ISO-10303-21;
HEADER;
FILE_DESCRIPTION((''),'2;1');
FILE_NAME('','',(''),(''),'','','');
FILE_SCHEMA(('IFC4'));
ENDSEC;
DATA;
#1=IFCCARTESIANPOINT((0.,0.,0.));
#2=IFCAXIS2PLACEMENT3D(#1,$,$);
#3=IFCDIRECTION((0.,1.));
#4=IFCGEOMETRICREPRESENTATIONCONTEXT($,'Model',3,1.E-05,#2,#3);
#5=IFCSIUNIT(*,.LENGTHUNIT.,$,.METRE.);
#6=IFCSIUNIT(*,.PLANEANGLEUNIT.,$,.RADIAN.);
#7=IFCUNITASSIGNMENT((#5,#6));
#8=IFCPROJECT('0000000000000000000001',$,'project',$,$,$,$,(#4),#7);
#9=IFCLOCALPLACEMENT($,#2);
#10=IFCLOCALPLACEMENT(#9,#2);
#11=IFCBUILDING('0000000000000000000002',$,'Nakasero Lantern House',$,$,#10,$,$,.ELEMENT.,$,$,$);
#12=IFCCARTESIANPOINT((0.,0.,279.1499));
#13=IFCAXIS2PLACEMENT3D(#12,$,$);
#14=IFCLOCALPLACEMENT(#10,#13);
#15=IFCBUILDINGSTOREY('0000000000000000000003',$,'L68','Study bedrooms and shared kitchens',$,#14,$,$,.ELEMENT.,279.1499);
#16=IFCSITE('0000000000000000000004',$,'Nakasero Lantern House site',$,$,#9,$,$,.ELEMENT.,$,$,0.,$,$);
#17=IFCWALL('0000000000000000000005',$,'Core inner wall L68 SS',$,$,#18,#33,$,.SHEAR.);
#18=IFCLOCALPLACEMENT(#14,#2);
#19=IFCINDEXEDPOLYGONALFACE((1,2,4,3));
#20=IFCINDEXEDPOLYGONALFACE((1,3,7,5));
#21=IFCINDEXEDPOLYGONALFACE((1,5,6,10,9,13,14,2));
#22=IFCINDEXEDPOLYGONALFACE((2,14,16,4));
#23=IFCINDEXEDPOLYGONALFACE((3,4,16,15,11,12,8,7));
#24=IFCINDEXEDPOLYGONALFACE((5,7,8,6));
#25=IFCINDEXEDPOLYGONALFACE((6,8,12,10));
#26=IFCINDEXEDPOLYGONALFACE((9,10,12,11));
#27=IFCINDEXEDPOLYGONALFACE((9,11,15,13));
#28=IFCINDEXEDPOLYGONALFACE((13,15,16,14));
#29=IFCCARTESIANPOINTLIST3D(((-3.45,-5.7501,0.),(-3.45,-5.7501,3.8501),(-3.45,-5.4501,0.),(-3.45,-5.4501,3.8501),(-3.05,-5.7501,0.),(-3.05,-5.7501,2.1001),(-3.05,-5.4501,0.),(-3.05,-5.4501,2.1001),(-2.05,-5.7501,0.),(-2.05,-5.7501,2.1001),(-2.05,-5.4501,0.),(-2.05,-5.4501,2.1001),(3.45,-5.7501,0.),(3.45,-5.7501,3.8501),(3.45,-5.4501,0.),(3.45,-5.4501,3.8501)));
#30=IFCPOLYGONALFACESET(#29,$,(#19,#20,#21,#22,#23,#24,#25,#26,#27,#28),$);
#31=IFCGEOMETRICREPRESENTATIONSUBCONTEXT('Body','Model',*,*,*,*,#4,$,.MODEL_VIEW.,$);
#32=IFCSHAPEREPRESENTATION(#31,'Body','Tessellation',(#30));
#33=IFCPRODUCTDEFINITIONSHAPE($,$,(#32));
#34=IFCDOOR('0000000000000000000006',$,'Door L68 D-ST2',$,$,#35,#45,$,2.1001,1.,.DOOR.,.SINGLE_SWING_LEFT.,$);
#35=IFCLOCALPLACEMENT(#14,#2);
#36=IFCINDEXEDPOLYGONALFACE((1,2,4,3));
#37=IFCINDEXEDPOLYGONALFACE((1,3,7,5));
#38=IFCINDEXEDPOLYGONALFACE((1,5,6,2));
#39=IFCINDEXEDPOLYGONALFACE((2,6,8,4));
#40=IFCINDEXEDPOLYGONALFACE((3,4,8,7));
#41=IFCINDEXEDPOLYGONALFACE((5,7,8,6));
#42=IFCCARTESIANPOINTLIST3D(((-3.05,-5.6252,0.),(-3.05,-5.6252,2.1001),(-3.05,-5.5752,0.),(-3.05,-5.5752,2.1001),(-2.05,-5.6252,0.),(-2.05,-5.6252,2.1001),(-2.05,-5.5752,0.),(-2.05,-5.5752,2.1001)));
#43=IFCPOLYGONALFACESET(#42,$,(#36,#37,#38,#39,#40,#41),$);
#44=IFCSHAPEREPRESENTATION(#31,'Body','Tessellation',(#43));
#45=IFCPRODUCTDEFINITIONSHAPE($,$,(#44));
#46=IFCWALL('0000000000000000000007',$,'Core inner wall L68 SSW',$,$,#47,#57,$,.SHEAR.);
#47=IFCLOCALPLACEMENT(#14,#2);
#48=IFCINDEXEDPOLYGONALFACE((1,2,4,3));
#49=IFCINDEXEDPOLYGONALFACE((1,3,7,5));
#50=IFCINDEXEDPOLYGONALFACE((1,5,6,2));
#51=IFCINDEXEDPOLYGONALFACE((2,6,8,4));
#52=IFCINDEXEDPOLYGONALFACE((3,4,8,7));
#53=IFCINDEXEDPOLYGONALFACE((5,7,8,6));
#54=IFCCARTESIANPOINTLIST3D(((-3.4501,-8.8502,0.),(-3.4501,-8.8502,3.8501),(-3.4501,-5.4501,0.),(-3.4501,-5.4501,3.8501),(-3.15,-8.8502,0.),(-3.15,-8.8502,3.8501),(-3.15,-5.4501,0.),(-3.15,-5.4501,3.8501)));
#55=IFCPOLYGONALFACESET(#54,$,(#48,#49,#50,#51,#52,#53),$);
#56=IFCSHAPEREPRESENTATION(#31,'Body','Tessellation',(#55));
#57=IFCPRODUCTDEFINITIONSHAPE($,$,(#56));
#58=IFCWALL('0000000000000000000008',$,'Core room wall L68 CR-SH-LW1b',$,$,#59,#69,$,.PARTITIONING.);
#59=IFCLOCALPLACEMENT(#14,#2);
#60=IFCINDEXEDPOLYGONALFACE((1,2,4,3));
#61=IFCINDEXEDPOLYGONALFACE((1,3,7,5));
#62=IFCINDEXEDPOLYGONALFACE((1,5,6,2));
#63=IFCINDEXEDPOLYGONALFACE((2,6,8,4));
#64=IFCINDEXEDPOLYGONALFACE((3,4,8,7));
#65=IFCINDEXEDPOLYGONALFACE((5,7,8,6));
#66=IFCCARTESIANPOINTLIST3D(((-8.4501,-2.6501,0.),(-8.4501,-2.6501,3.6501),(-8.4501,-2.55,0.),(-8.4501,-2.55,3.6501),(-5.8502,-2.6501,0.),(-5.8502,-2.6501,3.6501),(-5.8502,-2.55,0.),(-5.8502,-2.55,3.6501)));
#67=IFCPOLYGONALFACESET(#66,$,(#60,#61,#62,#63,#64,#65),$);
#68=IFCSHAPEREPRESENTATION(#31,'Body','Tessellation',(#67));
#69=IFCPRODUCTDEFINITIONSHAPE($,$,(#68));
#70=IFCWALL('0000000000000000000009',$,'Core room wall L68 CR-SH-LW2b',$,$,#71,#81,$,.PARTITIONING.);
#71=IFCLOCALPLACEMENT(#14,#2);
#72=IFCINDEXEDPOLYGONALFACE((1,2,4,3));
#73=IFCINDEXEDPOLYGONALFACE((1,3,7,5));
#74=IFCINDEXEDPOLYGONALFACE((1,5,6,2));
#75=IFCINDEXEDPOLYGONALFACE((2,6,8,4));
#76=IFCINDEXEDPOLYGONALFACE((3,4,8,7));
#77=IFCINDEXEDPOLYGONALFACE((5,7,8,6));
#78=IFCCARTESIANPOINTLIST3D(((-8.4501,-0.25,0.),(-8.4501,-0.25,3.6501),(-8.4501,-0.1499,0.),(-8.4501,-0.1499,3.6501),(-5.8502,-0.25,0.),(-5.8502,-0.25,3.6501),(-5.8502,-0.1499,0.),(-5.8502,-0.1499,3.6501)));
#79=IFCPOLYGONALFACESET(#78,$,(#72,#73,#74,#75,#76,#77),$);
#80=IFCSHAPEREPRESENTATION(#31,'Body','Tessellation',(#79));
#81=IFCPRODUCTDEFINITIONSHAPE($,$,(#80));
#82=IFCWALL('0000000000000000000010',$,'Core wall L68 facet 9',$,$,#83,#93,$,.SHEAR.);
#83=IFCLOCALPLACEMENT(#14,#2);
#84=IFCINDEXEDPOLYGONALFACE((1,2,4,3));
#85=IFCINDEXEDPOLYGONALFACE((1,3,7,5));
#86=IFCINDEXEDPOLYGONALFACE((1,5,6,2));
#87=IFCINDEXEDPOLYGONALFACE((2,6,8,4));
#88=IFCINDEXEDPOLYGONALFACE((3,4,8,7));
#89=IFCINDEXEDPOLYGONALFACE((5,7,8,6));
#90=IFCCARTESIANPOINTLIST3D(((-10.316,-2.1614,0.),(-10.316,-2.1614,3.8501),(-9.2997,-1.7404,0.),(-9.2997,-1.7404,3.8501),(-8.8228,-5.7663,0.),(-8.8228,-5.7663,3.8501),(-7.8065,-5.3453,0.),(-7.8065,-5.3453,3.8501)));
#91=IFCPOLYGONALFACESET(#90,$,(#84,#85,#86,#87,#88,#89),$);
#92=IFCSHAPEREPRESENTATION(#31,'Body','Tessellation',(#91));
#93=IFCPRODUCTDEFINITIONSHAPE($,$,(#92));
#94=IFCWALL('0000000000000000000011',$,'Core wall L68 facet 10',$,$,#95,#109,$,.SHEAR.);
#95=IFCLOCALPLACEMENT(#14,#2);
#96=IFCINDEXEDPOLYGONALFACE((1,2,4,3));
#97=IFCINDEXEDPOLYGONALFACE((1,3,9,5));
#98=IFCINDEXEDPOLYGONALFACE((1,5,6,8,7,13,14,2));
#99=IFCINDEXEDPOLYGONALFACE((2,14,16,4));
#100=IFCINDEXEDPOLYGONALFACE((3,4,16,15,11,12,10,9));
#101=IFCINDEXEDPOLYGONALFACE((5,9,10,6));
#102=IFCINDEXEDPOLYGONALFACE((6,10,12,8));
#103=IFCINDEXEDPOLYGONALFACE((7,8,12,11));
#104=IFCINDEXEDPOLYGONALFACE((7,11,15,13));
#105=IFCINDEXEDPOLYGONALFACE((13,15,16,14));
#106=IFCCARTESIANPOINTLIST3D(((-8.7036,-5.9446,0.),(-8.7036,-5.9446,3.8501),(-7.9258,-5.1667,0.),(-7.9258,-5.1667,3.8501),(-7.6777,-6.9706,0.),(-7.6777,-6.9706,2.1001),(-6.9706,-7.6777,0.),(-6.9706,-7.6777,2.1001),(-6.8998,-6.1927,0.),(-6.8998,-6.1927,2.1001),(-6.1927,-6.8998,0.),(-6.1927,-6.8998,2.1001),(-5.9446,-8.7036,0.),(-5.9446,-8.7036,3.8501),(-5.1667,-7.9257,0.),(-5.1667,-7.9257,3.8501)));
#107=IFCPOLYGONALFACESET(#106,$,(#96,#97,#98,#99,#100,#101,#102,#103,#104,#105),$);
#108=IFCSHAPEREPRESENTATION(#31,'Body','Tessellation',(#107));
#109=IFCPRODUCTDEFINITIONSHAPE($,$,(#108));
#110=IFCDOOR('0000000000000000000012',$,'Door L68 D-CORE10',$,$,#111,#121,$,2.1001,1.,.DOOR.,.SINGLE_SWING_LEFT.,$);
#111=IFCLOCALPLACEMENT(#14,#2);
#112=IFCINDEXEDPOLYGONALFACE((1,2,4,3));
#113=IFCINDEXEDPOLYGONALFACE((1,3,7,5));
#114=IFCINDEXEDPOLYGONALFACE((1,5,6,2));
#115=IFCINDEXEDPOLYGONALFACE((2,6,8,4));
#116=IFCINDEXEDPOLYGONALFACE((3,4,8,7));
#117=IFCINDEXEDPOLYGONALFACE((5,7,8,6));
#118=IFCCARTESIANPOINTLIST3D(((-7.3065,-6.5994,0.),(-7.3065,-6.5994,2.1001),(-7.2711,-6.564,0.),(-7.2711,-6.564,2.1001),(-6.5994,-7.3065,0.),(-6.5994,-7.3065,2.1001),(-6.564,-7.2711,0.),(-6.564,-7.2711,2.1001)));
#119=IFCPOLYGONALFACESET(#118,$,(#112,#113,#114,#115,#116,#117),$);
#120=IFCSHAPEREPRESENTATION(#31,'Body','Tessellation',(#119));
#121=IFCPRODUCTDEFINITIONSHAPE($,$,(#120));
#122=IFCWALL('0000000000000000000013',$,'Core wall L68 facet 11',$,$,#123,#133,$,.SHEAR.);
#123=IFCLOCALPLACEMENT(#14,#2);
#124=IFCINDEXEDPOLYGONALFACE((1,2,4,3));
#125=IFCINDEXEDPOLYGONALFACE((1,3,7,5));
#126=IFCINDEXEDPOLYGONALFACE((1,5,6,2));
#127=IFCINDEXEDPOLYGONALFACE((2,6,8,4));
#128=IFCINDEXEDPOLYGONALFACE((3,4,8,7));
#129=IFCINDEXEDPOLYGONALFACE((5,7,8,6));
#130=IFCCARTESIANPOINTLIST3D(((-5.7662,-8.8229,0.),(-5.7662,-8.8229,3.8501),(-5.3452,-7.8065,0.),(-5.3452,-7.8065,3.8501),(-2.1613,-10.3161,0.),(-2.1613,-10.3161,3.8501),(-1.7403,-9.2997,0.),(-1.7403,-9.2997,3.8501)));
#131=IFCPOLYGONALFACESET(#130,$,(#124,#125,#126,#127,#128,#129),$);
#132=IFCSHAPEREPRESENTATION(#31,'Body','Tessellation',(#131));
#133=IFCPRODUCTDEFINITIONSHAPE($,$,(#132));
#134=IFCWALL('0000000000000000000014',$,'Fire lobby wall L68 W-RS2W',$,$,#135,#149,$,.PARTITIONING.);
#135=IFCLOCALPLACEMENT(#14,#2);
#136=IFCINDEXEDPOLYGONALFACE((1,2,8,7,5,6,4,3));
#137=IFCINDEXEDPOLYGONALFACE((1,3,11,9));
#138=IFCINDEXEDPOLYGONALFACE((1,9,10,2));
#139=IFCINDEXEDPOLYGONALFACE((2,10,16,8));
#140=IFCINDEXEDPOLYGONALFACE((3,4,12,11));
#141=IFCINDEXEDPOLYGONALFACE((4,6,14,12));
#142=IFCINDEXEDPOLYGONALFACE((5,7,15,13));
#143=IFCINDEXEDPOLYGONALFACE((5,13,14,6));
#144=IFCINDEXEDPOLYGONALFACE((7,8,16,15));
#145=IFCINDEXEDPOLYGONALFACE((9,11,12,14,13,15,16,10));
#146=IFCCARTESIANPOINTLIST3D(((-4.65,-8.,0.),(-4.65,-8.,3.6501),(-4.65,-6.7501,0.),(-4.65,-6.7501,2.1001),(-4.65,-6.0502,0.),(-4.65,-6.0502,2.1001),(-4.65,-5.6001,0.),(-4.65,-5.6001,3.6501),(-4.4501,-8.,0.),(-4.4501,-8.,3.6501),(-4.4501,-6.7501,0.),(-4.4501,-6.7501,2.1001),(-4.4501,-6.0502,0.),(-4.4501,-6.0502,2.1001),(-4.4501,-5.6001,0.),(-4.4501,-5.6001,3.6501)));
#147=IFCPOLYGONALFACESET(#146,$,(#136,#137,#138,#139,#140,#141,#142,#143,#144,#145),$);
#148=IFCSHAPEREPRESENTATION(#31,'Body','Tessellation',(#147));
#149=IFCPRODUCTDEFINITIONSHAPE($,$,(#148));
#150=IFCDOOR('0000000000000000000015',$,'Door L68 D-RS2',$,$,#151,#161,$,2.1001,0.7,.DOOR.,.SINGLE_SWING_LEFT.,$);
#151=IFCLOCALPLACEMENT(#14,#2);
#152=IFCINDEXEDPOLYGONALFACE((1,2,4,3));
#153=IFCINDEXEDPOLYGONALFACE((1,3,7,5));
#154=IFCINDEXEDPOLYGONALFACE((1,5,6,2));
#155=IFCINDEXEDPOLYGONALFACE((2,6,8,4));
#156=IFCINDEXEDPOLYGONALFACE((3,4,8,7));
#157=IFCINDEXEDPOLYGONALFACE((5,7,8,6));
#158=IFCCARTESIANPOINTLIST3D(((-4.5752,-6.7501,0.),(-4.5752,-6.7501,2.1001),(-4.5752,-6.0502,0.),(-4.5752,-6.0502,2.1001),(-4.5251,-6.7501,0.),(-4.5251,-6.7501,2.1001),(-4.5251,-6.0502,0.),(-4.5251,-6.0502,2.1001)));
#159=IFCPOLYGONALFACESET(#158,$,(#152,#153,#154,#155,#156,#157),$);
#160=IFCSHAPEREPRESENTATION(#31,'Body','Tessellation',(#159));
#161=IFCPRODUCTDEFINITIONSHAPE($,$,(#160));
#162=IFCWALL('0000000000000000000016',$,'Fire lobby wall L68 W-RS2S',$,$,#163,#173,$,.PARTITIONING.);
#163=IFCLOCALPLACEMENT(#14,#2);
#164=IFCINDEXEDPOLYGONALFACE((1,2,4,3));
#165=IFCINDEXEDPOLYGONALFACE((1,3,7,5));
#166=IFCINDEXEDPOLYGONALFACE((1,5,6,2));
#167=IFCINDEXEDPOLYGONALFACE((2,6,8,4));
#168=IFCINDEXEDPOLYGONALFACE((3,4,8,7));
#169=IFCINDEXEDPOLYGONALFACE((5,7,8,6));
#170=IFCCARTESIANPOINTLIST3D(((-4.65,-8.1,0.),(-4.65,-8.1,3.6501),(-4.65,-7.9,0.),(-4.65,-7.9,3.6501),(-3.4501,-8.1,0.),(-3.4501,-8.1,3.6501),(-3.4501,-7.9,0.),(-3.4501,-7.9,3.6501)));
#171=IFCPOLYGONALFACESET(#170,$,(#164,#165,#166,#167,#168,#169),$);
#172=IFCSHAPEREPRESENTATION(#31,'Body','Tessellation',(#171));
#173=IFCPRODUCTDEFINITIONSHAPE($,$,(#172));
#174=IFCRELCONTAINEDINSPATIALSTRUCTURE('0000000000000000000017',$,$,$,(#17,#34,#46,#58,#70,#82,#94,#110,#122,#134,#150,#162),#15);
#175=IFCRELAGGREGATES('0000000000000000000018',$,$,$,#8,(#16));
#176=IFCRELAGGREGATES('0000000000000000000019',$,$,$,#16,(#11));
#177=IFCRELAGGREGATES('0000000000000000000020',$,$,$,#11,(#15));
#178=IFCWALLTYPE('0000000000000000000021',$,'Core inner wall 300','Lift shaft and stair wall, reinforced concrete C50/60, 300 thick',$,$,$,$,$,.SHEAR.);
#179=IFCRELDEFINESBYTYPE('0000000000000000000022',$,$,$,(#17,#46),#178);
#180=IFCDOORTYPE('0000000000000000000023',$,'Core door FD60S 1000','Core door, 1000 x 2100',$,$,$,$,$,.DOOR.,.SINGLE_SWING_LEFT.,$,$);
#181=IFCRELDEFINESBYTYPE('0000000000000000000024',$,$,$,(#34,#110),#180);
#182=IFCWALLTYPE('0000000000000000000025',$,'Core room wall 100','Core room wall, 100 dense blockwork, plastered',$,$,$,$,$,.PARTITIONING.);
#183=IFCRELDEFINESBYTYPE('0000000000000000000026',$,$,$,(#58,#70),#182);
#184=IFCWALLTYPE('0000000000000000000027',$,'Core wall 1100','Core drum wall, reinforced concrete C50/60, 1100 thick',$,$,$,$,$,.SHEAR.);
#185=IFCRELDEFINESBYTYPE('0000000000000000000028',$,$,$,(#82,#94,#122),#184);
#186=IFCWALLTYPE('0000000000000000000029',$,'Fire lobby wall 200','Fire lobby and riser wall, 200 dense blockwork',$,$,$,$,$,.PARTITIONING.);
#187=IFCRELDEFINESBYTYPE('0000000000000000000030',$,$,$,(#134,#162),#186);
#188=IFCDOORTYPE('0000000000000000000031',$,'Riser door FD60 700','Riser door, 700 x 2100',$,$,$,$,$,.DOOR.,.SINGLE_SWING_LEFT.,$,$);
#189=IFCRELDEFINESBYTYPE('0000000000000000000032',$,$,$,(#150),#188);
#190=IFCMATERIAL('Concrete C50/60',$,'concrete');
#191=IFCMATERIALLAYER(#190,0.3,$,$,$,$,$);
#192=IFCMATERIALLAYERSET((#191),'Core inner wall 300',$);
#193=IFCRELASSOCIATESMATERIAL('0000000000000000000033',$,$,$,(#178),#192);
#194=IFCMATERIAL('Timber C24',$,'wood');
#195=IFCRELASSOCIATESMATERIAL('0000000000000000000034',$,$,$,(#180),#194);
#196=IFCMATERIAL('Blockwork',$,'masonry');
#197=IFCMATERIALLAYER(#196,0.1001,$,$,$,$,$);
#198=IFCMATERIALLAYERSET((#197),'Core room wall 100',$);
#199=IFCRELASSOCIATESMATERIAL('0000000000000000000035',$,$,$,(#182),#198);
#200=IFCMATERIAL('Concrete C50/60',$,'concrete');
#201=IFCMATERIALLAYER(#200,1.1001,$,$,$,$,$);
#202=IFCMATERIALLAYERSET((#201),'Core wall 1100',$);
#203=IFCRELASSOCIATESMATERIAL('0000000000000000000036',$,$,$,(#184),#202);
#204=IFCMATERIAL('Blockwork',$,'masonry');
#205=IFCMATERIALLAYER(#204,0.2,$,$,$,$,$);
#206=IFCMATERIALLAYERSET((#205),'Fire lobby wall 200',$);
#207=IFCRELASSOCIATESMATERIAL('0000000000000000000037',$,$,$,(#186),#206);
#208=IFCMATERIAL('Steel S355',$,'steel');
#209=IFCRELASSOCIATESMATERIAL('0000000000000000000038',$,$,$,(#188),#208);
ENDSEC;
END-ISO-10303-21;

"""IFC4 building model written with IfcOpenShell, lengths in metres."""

from ifc_helpers import new_model, si_unit, direction, frame, frame_2d, origin, place, context, subcontext, project, spatial, rectangle, extrude, material, layer, layer_set, type_object, element, fill, save


model = new_model("IFC4")

# Units and contexts
model_context = context("Model", 3, precision=1e-05, world=origin(), true_north=direction((0.0, 1.0)))
body_context = subcontext(model_context, "Body", "Model", "MODEL_VIEW")
ifc_project = project(units=[si_unit("LENGTHUNIT", "METRE"), si_unit("PLANEANGLEUNIT", "RADIAN")], contexts=[model_context])

# Site, building, storey
site_placement = place(None, origin())
site = spatial("IfcSite", under=ifc_project, at=site_placement, Name="Nakasero Lantern House site", CompositionType="ELEMENT", RefElevation=0.0)
building_placement = place(site_placement, origin())
building = spatial("IfcBuilding", under=site, at=building_placement, Name="Nakasero Lantern House", CompositionType="ELEMENT")
storey_placement = place(building_placement, frame((0.0, 0.0, 279.1499)))
storey = spatial("IfcBuildingStorey", under=building, at=storey_placement, Name="L68", Description="Study bedrooms and shared kitchens", CompositionType="ELEMENT", Elevation=279.1499)

# Shared definitions
ifc_material_1 = material(Name="Concrete C50/60", Category="concrete")
ifc_layer_1 = layer(ifc_material_1, 0.3)
ifc_layer_set_1 = layer_set([ifc_layer_1], Name="Core inner wall 300")
wall_type_1 = type_object("IfcWallType", Name="Core inner wall 300", Description="Lift shaft and stair wall, reinforced concrete C50/60, 300 thick", PredefinedType="SHEAR", material=ifc_layer_set_1)

# Wall, opening, door
wall_1_placement = place(storey_placement, frame((-3.45, -5.6001, 0.0), z_axis=(0.0, 0.0, 1.0), x_axis=(1.0, 0.0, 0.0)))
wall_1 = element("IfcWall", 1, at=wall_1_placement, inside=storey, type_object=wall_type_1, Name="Core inner wall L68 SS", PredefinedType="SHEAR", context=body_context, shape_type="SweptSolid", body=[
    extrude(rectangle(XDim=6.8999, YDim=0.3, at=frame_2d((3.45, 0.0))), origin(), (0.0, 0.0, 1.0), 3.8501),
])
opening_1_placement = place(wall_1_placement, frame((0.3999, 0.0, 0.0)))
opening_1 = element("IfcOpeningElement", 2, at=opening_1_placement, cuts=wall_1, PredefinedType="OPENING", context=body_context, shape_type="SweptSolid", body=[
    extrude(rectangle(XDim=1.0, YDim=2.1001, at=frame_2d((0.5, 1.05))), frame((0.0, 0.1699, 0.0), z_axis=(0.0, -1.0, 0.0), x_axis=(1.0, 0.0, 0.0)), (0.0, 0.0, 1.0), 0.3401),
])
ifc_material_2 = material(Name="Timber C24", Category="wood")
door_type_1 = type_object("IfcDoorType", Name="Core door FD60S 1000", Description="Core door, 1000 x 2100", OperationType="SINGLE_SWING_LEFT", PredefinedType="DOOR", material=ifc_material_2)
door_1_placement = place(opening_1_placement, origin())
door_1 = element("IfcDoor", 3, at=door_1_placement, inside=storey, type_object=door_type_1, Name="Door L68 D-ST2", OperationType="SINGLE_SWING_LEFT", OverallHeight=2.1001, OverallWidth=1.0, PredefinedType="DOOR", context=body_context, shape_type="SweptSolid", body=[
    extrude(rectangle(XDim=1.0, YDim=2.1001, at=frame_2d((0.5, 1.05))), frame((0.0, 0.0249, 0.0), z_axis=(0.0, -1.0, 0.0), x_axis=(1.0, 0.0, 0.0)), (0.0, 0.0, 1.0), 0.05),
])
fill(opening_1, door_1)

# Walls
wall_2_placement = place(storey_placement, frame((-3.3, -5.45, 0.0), z_axis=(0.0, 0.0, 1.0), x_axis=(0.0, -1.0, 0.0)))
element("IfcWall", 4, at=wall_2_placement, inside=storey, type_object=wall_type_1, Name="Core inner wall L68 SSW", PredefinedType="SHEAR", context=body_context, shape_type="SweptSolid", body=[
    extrude(rectangle(XDim=3.4001, YDim=0.3, at=frame_2d((1.7002, 0.0))), origin(), (0.0, 0.0, 1.0), 3.8501),
])
ifc_material_3 = material(Name="Blockwork", Category="masonry")
ifc_layer_2 = layer(ifc_material_3, 0.1001)
ifc_layer_set_2 = layer_set([ifc_layer_2], Name="Core room wall 100")
wall_type_2 = type_object("IfcWallType", Name="Core room wall 100", Description="Core room wall, 100 dense blockwork, plastered", PredefinedType="PARTITIONING", material=ifc_layer_set_2)
for number, where, z_axis, x_axis, name in (
    (5, (-8.45, -2.6001, 0.0), (0.0, 0.0, 1.0), (1.0, 0.0, 0.0), "Core room wall L68 CR-SH-LW1b"),
    (6, (-8.45, -0.2, 0.0), (0.0, 0.0, 1.0), (1.0, 0.0, 0.0), "Core room wall L68 CR-SH-LW2b"),
):
    element("IfcWall", number, at=place(storey_placement, frame(where, z_axis=z_axis, x_axis=x_axis)), inside=storey, type_object=wall_type_2, Name=name, PredefinedType="PARTITIONING", context=body_context, shape_type="SweptSolid", body=[
        extrude(rectangle(XDim=2.5999, YDim=0.1001, at=frame_2d((1.2998, 0.0))), origin(), (0.0, 0.0, 1.0), 3.6501),
    ])
ifc_material_4 = material(Name="Concrete C50/60", Category="concrete")
ifc_layer_3 = layer(ifc_material_4, 1.1001)
ifc_layer_set_3 = layer_set([ifc_layer_3], Name="Core wall 1100")
wall_type_3 = type_object("IfcWallType", Name="Core wall 1100", Description="Core drum wall, reinforced concrete C50/60, 1100 thick", PredefinedType="SHEAR", material=ifc_layer_set_3)
wall_3_placement = place(storey_placement, frame((-9.8079, -1.9509, 0.0), z_axis=(0.0, 0.0, 1.0), x_axis=(0.382691, -0.923877, 0.0)))
element("IfcWall", 7, at=wall_3_placement, inside=storey, type_object=wall_type_3, Name="Core wall L68 facet 9", PredefinedType="SHEAR", context=body_context, shape_type="SweptSolid", body=[
    extrude(rectangle(XDim=3.9019, YDim=1.1001, at=frame_2d((1.9509, 0.0))), origin(), (0.0, 0.0, 1.0), 3.8501),
])

# Wall, opening, door
wall_4_placement = place(storey_placement, frame((-8.3147, -5.5557, 0.0), z_axis=(0.0, 0.0, 1.0), x_axis=(0.707107, -0.707107, 0.0)))
wall_4 = element("IfcWall", 8, at=wall_4_placement, inside=storey, type_object=wall_type_3, Name="Core wall L68 facet 10", PredefinedType="SHEAR", context=body_context, shape_type="SweptSolid", body=[
    extrude(rectangle(XDim=3.9019, YDim=1.1001, at=frame_2d((1.9509, 0.0))), origin(), (0.0, 0.0, 1.0), 3.8501),
])
opening_2_placement = place(wall_4_placement, frame((1.4509, 0.0, 0.0)))
opening_2 = element("IfcOpeningElement", 9, at=opening_2_placement, cuts=wall_4, PredefinedType="OPENING", context=body_context, shape_type="SweptSolid", body=[
    extrude(rectangle(XDim=1.0, YDim=2.1001, at=frame_2d((0.5, 1.05))), frame((0.0, 0.5701, 0.0), z_axis=(0.0, -1.0, 0.0), x_axis=(1.0, 0.0, 0.0)), (0.0, 0.0, 1.0), 1.1401),
])
door_2_placement = place(opening_2_placement, origin())
door_2 = element("IfcDoor", 10, at=door_2_placement, inside=storey, type_object=door_type_1, Name="Door L68 D-CORE10", OperationType="SINGLE_SWING_LEFT", OverallHeight=2.1001, OverallWidth=1.0, PredefinedType="DOOR", context=body_context, shape_type="SweptSolid", body=[
    extrude(rectangle(XDim=1.0, YDim=2.1001, at=frame_2d((0.5, 1.05))), frame((0.0, 0.0249, 0.0), z_axis=(0.0, -1.0, 0.0), x_axis=(1.0, 0.0, 0.0)), (0.0, 0.0, 1.0), 0.05),
])
fill(opening_2, door_2)

# Wall
wall_5_placement = place(storey_placement, frame((-5.5557, -8.3147, 0.0), z_axis=(0.0, 0.0, 1.0), x_axis=(0.923877, -0.382691, 0.0)))
element("IfcWall", 11, at=wall_5_placement, inside=storey, type_object=wall_type_3, Name="Core wall L68 facet 11", PredefinedType="SHEAR", context=body_context, shape_type="SweptSolid", body=[
    extrude(rectangle(XDim=3.9019, YDim=1.1001, at=frame_2d((1.9509, 0.0))), origin(), (0.0, 0.0, 1.0), 3.8501),
])

# Wall, opening, door
ifc_material_5 = material(Name="Blockwork", Category="masonry")
ifc_layer_4 = layer(ifc_material_5, 0.2)
ifc_layer_set_4 = layer_set([ifc_layer_4], Name="Fire lobby wall 200")
wall_type_4 = type_object("IfcWallType", Name="Fire lobby wall 200", Description="Fire lobby and riser wall, 200 dense blockwork", PredefinedType="PARTITIONING", material=ifc_layer_set_4)
wall_6_placement = place(storey_placement, frame((-4.55, -5.6001, 0.0), z_axis=(0.0, 0.0, 1.0), x_axis=(0.0, -1.0, 0.0)))
wall_6 = element("IfcWall", 12, at=wall_6_placement, inside=storey, type_object=wall_type_4, Name="Fire lobby wall L68 W-RS2W", PredefinedType="PARTITIONING", context=body_context, shape_type="SweptSolid", body=[
    extrude(rectangle(XDim=2.3999, YDim=0.2, at=frame_2d((1.2, 0.0))), origin(), (0.0, 0.0, 1.0), 3.6501),
])
opening_3_placement = place(wall_6_placement, frame((0.45, 0.0, 0.0)))
opening_3 = element("IfcOpeningElement", 13, at=opening_3_placement, cuts=wall_6, PredefinedType="OPENING", context=body_context, shape_type="SweptSolid", body=[
    extrude(rectangle(XDim=0.7, YDim=2.1001, at=frame_2d((0.3501, 1.05))), frame((0.0, 0.1199, 0.0), z_axis=(0.0, -1.0, 0.0), x_axis=(1.0, 0.0, 0.0)), (0.0, 0.0, 1.0), 0.24),
])
ifc_material_6 = material(Name="Steel S355", Category="steel")
door_type_2 = type_object("IfcDoorType", Name="Riser door FD60 700", Description="Riser door, 700 x 2100", OperationType="SINGLE_SWING_LEFT", PredefinedType="DOOR", material=ifc_material_6)
door_3_placement = place(opening_3_placement, origin())
door_3 = element("IfcDoor", 14, at=door_3_placement, inside=storey, type_object=door_type_2, Name="Door L68 D-RS2", OperationType="SINGLE_SWING_LEFT", OverallHeight=2.1001, OverallWidth=0.7, PredefinedType="DOOR", context=body_context, shape_type="SweptSolid", body=[
    extrude(rectangle(XDim=0.7, YDim=2.1001, at=frame_2d((0.3501, 1.05))), frame((0.0, 0.0249, 0.0), z_axis=(0.0, -1.0, 0.0), x_axis=(1.0, 0.0, 0.0)), (0.0, 0.0, 1.0), 0.05),
])
fill(opening_3, door_3)

# Wall
for number, where, z_axis, x_axis, name in (
    (15, (-3.45, -8.0, 0.0), (0.0, 0.0, 1.0), (-1.0, 0.0, 0.0), "Fire lobby wall L68 W-RS2S"),
):
    element("IfcWall", number, at=place(storey_placement, frame(where, z_axis=z_axis, x_axis=x_axis)), inside=storey, type_object=wall_type_4, Name=name, PredefinedType="PARTITIONING", context=body_context, shape_type="SweptSolid", body=[
        extrude(rectangle(XDim=1.2, YDim=0.2, at=frame_2d((0.6001, 0.0))), origin(), (0.0, 0.0, 1.0), 3.6501),
    ])

save(model, "model.ifc")
